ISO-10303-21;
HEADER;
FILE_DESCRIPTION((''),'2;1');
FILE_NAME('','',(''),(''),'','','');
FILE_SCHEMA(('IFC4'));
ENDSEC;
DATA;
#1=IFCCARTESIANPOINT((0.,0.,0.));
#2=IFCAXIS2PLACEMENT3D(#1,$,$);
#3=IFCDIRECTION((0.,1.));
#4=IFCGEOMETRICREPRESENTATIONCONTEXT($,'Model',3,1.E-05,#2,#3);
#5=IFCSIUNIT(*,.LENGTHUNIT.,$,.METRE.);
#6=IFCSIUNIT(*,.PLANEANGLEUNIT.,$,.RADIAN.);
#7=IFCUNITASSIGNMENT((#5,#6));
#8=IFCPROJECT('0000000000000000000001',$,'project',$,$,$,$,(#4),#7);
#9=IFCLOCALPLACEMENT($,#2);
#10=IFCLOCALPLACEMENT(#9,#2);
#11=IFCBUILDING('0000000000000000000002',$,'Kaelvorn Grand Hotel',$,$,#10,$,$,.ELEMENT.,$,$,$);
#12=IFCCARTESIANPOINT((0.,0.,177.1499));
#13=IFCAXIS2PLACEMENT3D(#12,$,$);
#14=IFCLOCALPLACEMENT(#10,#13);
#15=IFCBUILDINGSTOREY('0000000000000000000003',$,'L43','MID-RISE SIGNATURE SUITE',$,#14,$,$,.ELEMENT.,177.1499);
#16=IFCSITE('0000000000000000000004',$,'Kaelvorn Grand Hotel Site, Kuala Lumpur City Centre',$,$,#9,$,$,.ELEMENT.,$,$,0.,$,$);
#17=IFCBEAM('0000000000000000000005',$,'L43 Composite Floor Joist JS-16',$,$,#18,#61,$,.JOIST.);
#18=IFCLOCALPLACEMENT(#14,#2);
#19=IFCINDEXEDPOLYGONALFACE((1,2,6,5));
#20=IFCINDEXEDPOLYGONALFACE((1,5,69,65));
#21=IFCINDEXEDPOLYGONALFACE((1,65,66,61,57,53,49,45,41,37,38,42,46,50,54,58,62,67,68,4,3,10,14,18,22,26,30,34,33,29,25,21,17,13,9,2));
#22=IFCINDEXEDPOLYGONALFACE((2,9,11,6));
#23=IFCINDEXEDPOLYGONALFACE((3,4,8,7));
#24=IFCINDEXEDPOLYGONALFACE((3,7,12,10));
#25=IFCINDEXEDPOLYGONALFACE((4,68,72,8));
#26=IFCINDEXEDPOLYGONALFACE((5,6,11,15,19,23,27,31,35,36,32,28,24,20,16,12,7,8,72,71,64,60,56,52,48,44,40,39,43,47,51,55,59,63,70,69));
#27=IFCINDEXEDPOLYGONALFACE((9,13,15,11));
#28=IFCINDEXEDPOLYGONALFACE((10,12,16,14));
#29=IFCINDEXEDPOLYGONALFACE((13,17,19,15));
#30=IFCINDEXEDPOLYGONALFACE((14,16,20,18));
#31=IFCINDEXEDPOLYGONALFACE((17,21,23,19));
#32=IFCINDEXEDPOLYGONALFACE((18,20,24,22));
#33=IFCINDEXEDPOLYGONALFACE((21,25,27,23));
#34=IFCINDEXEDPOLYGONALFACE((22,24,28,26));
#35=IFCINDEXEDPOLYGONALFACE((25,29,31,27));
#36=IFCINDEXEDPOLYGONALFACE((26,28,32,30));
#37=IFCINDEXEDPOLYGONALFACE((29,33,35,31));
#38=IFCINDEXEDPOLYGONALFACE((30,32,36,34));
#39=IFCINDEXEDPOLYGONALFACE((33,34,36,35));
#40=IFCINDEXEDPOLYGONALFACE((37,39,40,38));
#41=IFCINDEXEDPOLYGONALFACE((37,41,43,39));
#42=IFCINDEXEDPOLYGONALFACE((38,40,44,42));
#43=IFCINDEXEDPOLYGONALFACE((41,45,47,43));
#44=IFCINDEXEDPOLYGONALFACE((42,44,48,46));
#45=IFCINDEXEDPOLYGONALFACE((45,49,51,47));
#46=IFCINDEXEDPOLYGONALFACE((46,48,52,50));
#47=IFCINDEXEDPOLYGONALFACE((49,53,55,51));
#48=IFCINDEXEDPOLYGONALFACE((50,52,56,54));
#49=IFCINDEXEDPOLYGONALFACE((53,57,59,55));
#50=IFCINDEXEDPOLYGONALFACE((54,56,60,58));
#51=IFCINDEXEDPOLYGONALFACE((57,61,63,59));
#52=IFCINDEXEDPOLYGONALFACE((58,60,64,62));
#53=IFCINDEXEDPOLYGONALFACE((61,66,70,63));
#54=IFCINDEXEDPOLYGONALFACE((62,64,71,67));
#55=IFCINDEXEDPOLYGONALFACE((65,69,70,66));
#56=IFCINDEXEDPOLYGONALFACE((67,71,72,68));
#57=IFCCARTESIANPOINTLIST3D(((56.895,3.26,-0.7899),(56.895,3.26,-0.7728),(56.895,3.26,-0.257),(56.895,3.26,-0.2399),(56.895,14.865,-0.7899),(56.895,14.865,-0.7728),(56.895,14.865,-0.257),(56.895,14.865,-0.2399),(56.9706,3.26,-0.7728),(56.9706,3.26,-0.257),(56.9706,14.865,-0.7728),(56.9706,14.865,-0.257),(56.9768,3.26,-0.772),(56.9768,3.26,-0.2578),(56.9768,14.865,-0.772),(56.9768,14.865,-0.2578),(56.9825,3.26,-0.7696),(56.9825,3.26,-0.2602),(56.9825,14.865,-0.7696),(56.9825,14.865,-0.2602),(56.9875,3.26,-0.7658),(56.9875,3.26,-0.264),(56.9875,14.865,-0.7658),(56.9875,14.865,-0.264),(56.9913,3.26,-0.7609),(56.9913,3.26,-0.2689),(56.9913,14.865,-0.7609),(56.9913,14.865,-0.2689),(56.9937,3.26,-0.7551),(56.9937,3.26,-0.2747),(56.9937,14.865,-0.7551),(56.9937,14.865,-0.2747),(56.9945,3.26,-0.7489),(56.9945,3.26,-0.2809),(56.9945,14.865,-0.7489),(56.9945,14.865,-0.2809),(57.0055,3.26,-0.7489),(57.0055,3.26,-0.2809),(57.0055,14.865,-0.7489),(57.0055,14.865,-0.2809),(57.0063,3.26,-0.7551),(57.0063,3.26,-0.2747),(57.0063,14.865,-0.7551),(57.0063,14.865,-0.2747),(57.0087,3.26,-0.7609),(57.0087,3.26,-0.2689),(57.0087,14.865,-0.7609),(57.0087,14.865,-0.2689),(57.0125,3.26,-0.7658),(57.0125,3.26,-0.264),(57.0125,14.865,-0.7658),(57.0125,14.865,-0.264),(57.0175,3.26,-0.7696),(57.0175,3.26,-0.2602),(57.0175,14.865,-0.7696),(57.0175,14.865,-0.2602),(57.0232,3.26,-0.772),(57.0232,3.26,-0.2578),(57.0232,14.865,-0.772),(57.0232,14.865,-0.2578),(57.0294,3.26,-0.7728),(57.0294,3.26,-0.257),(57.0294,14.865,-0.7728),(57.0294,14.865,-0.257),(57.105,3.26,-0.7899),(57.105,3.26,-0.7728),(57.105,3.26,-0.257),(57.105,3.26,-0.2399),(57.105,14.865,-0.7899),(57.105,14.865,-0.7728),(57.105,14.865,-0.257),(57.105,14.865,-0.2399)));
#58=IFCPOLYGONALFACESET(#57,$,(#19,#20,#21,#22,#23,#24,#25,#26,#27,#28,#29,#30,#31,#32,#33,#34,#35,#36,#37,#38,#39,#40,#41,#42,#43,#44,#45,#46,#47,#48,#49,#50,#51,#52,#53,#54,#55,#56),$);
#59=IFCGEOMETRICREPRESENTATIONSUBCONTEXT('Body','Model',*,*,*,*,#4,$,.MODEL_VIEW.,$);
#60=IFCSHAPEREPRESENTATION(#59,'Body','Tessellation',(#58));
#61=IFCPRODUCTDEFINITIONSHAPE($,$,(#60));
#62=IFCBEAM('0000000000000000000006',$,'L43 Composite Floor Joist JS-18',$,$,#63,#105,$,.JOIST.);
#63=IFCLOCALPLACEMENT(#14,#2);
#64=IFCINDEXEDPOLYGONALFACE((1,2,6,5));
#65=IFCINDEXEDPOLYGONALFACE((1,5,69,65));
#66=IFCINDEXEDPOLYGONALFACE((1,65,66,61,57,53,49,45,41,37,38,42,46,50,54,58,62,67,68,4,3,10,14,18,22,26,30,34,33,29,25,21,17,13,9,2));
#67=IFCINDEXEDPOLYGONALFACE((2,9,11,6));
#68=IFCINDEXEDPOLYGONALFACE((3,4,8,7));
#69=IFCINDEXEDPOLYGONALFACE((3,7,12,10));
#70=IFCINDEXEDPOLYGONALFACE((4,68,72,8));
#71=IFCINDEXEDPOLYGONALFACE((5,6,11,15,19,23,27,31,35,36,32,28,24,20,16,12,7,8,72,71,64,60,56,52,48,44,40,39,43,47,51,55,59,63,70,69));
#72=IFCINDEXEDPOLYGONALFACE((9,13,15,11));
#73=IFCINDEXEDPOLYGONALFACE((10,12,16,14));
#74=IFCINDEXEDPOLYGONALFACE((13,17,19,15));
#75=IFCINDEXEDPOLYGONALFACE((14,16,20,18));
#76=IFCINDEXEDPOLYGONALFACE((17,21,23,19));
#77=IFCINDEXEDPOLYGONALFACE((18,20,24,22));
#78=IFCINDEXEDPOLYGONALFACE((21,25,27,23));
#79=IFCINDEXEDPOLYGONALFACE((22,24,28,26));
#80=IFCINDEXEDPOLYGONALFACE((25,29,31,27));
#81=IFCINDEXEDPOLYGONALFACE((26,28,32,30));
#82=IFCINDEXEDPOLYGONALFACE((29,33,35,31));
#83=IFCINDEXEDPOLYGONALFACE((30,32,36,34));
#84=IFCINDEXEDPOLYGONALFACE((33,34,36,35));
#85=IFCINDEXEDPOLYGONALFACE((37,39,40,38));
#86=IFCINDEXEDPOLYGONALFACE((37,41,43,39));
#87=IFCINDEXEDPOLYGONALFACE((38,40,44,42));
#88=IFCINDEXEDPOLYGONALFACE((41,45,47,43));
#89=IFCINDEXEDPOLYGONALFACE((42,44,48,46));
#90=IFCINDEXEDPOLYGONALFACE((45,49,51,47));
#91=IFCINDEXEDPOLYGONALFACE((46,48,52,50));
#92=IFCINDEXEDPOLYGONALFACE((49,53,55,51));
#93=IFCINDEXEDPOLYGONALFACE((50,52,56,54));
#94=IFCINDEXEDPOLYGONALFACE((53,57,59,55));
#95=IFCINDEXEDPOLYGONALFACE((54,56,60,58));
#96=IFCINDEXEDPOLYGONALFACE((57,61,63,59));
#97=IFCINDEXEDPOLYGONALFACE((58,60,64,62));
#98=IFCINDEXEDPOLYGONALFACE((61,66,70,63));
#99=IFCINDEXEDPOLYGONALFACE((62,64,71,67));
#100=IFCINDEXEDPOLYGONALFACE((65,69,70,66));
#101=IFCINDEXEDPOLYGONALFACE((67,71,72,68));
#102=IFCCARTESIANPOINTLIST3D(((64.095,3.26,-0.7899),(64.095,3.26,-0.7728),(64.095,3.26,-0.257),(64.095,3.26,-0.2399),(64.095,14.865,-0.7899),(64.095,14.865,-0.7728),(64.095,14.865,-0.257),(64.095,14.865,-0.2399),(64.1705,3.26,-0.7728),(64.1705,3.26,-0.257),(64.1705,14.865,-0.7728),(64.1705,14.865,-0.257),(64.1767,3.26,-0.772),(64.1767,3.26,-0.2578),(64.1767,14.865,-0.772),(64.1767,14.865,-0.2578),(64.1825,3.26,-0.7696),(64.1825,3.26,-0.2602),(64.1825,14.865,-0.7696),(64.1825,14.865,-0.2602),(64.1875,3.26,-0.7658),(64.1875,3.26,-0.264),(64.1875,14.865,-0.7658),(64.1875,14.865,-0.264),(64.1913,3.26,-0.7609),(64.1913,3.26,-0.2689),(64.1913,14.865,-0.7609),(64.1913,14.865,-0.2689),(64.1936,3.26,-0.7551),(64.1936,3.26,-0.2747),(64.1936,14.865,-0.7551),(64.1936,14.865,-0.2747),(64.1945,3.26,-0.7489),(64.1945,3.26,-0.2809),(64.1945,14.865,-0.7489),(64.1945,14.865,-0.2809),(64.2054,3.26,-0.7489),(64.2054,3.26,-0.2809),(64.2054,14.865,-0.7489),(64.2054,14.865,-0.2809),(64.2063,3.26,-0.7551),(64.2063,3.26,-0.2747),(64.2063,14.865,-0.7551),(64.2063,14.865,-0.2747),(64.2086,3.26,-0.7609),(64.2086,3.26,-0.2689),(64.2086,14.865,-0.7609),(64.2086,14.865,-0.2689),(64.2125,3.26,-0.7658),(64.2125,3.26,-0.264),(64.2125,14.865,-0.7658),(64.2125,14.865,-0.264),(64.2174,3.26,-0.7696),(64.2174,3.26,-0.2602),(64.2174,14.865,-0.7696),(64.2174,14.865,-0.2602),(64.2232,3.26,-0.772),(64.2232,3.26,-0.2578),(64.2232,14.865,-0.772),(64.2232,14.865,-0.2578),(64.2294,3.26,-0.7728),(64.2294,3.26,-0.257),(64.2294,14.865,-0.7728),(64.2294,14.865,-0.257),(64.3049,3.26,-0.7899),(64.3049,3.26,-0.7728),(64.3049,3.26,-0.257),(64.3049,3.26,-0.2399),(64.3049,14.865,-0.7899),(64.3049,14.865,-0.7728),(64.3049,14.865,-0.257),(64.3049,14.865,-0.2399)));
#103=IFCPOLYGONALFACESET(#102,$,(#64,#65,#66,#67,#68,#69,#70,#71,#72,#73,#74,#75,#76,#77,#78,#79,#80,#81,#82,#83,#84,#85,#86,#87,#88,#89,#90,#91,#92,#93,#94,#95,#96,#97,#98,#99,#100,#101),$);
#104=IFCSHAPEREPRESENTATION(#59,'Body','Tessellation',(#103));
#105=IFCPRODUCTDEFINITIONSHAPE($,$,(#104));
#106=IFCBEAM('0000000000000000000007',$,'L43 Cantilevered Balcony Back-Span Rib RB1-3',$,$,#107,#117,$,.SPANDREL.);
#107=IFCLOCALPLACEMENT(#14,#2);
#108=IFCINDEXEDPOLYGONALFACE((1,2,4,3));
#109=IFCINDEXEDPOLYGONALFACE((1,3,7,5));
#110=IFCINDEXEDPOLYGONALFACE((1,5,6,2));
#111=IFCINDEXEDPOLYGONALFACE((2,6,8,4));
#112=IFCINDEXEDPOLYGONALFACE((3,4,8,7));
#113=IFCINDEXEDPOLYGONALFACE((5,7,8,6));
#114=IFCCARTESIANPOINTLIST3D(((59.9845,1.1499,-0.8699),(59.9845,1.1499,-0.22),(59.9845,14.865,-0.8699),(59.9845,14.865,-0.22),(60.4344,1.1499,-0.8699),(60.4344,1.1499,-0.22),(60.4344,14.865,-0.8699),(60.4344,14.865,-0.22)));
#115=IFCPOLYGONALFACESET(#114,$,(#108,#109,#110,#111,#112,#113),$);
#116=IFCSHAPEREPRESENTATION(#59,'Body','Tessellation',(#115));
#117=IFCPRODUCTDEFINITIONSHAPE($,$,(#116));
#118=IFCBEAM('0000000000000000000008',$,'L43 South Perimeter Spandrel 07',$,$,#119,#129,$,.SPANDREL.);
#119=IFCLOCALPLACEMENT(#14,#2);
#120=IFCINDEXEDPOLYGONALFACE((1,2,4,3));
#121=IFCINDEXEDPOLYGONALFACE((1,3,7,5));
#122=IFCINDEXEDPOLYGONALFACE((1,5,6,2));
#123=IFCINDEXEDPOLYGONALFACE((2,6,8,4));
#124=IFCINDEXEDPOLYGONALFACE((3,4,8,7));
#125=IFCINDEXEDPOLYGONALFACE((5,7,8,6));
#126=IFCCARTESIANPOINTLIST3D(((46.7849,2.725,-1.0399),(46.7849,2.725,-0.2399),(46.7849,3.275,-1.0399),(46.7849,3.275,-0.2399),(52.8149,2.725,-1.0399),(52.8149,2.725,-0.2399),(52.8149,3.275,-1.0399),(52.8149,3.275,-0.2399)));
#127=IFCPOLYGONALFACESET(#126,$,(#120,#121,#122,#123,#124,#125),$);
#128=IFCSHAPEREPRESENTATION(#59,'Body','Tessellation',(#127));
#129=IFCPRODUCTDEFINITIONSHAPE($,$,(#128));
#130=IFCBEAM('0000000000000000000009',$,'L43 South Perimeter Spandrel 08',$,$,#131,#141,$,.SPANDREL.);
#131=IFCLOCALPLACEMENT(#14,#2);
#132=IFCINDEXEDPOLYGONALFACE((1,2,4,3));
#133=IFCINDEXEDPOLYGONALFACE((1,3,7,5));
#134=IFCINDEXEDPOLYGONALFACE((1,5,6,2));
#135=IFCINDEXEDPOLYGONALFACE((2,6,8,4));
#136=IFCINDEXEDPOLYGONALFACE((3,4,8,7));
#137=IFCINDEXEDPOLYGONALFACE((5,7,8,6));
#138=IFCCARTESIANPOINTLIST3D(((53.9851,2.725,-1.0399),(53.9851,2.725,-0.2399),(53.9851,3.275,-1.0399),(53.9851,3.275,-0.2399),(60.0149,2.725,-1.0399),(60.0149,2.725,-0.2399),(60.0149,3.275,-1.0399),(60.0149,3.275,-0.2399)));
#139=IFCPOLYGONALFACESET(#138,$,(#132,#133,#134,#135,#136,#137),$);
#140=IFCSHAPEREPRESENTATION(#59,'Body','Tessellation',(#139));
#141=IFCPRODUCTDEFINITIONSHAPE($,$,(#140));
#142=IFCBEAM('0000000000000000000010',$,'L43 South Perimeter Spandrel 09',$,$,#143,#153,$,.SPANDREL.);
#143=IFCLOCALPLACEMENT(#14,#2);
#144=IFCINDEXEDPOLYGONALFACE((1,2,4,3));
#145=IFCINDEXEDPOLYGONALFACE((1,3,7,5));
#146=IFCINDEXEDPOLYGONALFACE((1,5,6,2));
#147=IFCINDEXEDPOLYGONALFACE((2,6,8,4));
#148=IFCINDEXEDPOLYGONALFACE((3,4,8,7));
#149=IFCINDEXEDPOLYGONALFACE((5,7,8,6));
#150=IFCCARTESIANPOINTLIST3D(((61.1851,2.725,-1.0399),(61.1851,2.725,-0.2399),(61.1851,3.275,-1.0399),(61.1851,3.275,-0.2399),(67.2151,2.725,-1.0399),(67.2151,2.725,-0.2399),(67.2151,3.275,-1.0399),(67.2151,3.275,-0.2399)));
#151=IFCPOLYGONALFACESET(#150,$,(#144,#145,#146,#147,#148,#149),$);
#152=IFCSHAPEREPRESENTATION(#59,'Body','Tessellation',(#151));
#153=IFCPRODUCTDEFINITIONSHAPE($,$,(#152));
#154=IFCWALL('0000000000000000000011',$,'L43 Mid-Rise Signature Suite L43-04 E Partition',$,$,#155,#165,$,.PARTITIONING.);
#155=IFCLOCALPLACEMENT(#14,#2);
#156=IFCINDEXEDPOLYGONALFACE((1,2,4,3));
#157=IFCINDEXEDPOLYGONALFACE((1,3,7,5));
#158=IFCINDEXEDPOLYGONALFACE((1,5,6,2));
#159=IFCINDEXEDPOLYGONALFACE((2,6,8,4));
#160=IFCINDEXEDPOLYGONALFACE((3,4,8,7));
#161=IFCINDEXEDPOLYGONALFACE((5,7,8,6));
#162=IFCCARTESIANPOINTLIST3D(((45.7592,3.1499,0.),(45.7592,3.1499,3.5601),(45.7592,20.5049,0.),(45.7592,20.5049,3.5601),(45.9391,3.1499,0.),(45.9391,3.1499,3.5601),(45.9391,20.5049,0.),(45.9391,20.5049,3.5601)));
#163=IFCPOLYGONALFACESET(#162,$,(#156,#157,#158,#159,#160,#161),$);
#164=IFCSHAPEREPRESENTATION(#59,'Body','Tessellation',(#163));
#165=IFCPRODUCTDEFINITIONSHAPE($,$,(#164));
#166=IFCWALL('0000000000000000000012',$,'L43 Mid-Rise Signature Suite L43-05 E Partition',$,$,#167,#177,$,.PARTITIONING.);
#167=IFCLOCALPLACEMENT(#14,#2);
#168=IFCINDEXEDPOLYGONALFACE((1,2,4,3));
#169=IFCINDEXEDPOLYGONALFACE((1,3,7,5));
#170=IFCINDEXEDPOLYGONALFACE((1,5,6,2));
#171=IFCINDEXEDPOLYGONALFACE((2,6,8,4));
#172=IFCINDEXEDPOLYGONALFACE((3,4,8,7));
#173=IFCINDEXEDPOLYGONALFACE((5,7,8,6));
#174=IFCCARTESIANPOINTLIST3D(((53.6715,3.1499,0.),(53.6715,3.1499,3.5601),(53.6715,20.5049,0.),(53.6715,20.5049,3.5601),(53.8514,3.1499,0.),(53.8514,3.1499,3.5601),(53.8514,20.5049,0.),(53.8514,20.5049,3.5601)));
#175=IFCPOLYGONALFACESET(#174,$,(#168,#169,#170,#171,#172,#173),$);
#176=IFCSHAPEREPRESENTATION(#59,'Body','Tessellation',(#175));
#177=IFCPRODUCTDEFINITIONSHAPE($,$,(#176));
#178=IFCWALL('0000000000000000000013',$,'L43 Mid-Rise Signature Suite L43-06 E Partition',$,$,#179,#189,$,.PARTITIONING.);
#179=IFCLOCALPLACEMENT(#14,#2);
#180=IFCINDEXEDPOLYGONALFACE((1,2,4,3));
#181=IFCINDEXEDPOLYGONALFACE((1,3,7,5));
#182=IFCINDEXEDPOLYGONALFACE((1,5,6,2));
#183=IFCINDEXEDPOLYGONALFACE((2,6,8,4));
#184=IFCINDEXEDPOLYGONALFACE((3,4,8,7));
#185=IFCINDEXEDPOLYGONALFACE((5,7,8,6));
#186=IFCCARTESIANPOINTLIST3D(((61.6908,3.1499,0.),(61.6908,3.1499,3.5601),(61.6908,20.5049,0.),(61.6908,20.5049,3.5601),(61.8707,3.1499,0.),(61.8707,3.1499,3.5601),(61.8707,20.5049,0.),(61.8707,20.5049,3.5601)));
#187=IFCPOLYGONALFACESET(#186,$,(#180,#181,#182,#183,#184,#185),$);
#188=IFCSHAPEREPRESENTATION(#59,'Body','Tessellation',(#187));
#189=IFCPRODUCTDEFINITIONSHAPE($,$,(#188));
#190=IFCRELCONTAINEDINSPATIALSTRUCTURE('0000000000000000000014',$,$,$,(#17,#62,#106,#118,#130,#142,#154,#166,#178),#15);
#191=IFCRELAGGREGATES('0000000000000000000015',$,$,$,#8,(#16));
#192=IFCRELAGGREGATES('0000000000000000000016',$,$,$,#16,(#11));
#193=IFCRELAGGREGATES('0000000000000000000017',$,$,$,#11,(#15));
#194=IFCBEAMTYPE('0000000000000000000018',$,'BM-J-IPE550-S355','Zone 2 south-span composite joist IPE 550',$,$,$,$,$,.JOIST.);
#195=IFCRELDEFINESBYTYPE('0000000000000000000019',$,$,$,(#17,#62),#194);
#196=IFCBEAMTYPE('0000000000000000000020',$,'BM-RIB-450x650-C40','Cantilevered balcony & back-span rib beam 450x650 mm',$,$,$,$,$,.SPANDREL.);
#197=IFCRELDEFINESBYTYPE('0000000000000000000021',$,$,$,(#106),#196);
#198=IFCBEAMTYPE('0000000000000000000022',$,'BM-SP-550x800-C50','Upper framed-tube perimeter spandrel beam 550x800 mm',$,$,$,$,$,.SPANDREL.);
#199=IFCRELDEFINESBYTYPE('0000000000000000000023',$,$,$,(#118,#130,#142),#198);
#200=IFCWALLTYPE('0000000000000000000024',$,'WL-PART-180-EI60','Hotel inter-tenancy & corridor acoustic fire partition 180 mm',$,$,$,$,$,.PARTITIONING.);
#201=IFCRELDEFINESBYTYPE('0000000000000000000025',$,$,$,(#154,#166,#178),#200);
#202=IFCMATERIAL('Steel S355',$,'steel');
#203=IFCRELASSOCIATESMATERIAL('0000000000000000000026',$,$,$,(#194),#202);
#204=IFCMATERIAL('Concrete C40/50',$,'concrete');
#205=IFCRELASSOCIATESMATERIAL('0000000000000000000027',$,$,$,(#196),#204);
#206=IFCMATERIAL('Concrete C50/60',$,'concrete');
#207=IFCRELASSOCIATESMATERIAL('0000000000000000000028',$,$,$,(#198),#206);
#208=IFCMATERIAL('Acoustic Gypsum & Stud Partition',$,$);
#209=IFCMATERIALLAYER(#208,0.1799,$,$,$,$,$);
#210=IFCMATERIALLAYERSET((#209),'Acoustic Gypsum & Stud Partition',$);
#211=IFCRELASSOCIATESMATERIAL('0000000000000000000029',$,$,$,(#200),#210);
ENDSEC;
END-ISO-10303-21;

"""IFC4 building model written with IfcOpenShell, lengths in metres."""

from ifc_helpers import new_model, si_unit, direction, frame, frame_2d, origin, origin_2d, place, context, subcontext, project, spatial, rectangle, i_section, extrude, material, layer, layer_set, material_profile, profile_set, type_object, element, save


model = new_model("IFC4")

# Units and contexts
model_context = context("Model", 3, precision=1e-05, world=origin(), true_north=direction((0.0, 1.0)))
body_context = subcontext(model_context, "Body", "Model", "MODEL_VIEW")
ifc_project = project(units=[si_unit("LENGTHUNIT", "METRE"), si_unit("PLANEANGLEUNIT", "RADIAN")], contexts=[model_context])

# Site, building, storey
site_placement = place(None, origin())
site = spatial("IfcSite", under=ifc_project, at=site_placement, Name="Kaelvorn Grand Hotel Site, Kuala Lumpur City Centre", CompositionType="ELEMENT", RefElevation=0.0)
building_placement = place(site_placement, origin())
building = spatial("IfcBuilding", under=site, at=building_placement, Name="Kaelvorn Grand Hotel", CompositionType="ELEMENT")
storey_placement = place(building_placement, frame((0.0, 0.0, 177.1499)))
storey = spatial("IfcBuildingStorey", under=building, at=storey_placement, Name="L43", Description="MID-RISE SIGNATURE SUITE", CompositionType="ELEMENT", Elevation=177.1499)

# Beams
ifc_material_1 = material(Name="Steel S355", Category="steel")
ifc_material_profile_1 = material_profile(ifc_material_1, i_section(OverallWidth=0.21, OverallDepth=0.55, WebThickness=0.011, FlangeThickness=0.0171, FilletRadius=0.0239, at=origin_2d()), Name="IPE 550")
ifc_profile_set_1 = profile_set([ifc_material_profile_1], Name="Steel S355")
beam_type_1 = type_object("IfcBeamType", Name="BM-J-IPE550-S355", Description="Zone 2 south-span composite joist IPE 550", PredefinedType="JOIST", material=ifc_profile_set_1)
for number, where, z_axis, x_axis, name in (
    (1, (57.0, 3.26, -0.5149), (0.0, 1.0, 0.0), (-1.0, 0.0, 0.0), "L43 Composite Floor Joist JS-16"),
    (2, (64.2, 3.26, -0.5149), (0.0, 1.0, 0.0), (-1.0, 0.0, 0.0), "L43 Composite Floor Joist JS-18"),
):
    element("IfcBeam", number, at=place(storey_placement, frame(where, z_axis=z_axis, x_axis=x_axis)), inside=storey, type_object=beam_type_1, Name=name, PredefinedType="JOIST", context=body_context, shape_type="SweptSolid", body=[
        extrude(i_section(OverallWidth=0.21, OverallDepth=0.55, WebThickness=0.011, FlangeThickness=0.0171, FilletRadius=0.0239, at=origin_2d()), origin(), (0.0, 0.0, 1.0), 11.605),
    ])
ifc_material_2 = material(Name="Concrete C40/50", Category="concrete")
ifc_material_profile_2 = material_profile(ifc_material_2, rectangle(XDim=0.45, YDim=0.6499, at=origin_2d()), Name="RC RIB 450x650")
ifc_profile_set_2 = profile_set([ifc_material_profile_2], Name="Concrete C40/50")
beam_type_2 = type_object("IfcBeamType", Name="BM-RIB-450x650-C40", Description="Cantilevered balcony & back-span rib beam 450x650 mm", PredefinedType="SPANDREL", material=ifc_profile_set_2)
beam_1_placement = place(storey_placement, frame((60.2095, 1.1499, -0.5449), z_axis=(0.0, 1.0, 0.0), x_axis=(-1.0, 0.0, 0.0)))
element("IfcBeam", 3, at=beam_1_placement, inside=storey, type_object=beam_type_2, Name="L43 Cantilevered Balcony Back-Span Rib RB1-3", PredefinedType="SPANDREL", context=body_context, shape_type="SweptSolid", body=[
    extrude(rectangle(XDim=0.45, YDim=0.6499, at=origin_2d()), origin(), (0.0, 0.0, 1.0), 13.7151),
])
ifc_material_3 = material(Name="Concrete C50/60", Category="concrete")
ifc_material_profile_3 = material_profile(ifc_material_3, rectangle(XDim=0.55, YDim=0.8, at=origin_2d()), Name="RC SPANDREL 550x800")
ifc_profile_set_3 = profile_set([ifc_material_profile_3], Name="Concrete C50/60")
beam_type_3 = type_object("IfcBeamType", Name="BM-SP-550x800-C50", Description="Upper framed-tube perimeter spandrel beam 550x800 mm", PredefinedType="SPANDREL", material=ifc_profile_set_3)
beam_2_placement = place(storey_placement, frame((46.7849, 3.0, -0.6399), z_axis=(1.0, 0.0, 0.0), x_axis=(0.0, 1.0, 0.0)))
element("IfcBeam", 4, at=beam_2_placement, inside=storey, type_object=beam_type_3, Name="L43 South Perimeter Spandrel 07", PredefinedType="SPANDREL", context=body_context, shape_type="SweptSolid", body=[
    extrude(rectangle(XDim=0.55, YDim=0.8, at=origin_2d()), origin(), (0.0, 0.0, 1.0), 6.03),
])
beam_3_placement = place(storey_placement, frame((53.9851, 3.0, -0.6399), z_axis=(1.0, 0.0, 0.0), x_axis=(0.0, 1.0, 0.0)))
element("IfcBeam", 5, at=beam_3_placement, inside=storey, type_object=beam_type_3, Name="L43 South Perimeter Spandrel 08", PredefinedType="SPANDREL", context=body_context, shape_type="SweptSolid", body=[
    extrude(rectangle(XDim=0.55, YDim=0.8, at=origin_2d()), origin(), (0.0, 0.0, 1.0), 6.0298),
])
beam_4_placement = place(storey_placement, frame((61.1851, 3.0, -0.6399), z_axis=(1.0, 0.0, 0.0), x_axis=(0.0, 1.0, 0.0)))
element("IfcBeam", 6, at=beam_4_placement, inside=storey, type_object=beam_type_3, Name="L43 South Perimeter Spandrel 09", PredefinedType="SPANDREL", context=body_context, shape_type="SweptSolid", body=[
    extrude(rectangle(XDim=0.55, YDim=0.8, at=origin_2d()), origin(), (0.0, 0.0, 1.0), 6.03),
])

# Walls
ifc_material_4 = material(Name="Acoustic Gypsum & Stud Partition")
ifc_layer_1 = layer(ifc_material_4, 0.1799)
ifc_layer_set_1 = layer_set([ifc_layer_1], Name="Acoustic Gypsum & Stud Partition")
wall_type_1 = type_object("IfcWallType", Name="WL-PART-180-EI60", Description="Hotel inter-tenancy & corridor acoustic fire partition 180 mm", PredefinedType="PARTITIONING", material=ifc_layer_set_1)
for number, where, z_axis, x_axis, name in (
    (7, (45.8491, 3.1499, 0.0), (0.0, 0.0, 1.0), (0.0, 1.0, 0.0), "L43 Mid-Rise Signature Suite L43-04 E Partition"),
    (8, (53.7615, 3.1499, 0.0), (0.0, 0.0, 1.0), (0.0, 1.0, 0.0), "L43 Mid-Rise Signature Suite L43-05 E Partition"),
    (9, (61.7808, 3.1499, 0.0), (0.0, 0.0, 1.0), (0.0, 1.0, 0.0), "L43 Mid-Rise Signature Suite L43-06 E Partition"),
):
    element("IfcWall", number, at=place(storey_placement, frame(where, z_axis=z_axis, x_axis=x_axis)), inside=storey, type_object=wall_type_1, Name=name, PredefinedType="PARTITIONING", context=body_context, shape_type="SweptSolid", body=[
        extrude(rectangle(XDim=17.355, YDim=0.1799, at=frame_2d((8.6775, 0.0))), origin(), (0.0, 0.0, 1.0), 3.5601),
    ])

save(model, "model.ifc")
